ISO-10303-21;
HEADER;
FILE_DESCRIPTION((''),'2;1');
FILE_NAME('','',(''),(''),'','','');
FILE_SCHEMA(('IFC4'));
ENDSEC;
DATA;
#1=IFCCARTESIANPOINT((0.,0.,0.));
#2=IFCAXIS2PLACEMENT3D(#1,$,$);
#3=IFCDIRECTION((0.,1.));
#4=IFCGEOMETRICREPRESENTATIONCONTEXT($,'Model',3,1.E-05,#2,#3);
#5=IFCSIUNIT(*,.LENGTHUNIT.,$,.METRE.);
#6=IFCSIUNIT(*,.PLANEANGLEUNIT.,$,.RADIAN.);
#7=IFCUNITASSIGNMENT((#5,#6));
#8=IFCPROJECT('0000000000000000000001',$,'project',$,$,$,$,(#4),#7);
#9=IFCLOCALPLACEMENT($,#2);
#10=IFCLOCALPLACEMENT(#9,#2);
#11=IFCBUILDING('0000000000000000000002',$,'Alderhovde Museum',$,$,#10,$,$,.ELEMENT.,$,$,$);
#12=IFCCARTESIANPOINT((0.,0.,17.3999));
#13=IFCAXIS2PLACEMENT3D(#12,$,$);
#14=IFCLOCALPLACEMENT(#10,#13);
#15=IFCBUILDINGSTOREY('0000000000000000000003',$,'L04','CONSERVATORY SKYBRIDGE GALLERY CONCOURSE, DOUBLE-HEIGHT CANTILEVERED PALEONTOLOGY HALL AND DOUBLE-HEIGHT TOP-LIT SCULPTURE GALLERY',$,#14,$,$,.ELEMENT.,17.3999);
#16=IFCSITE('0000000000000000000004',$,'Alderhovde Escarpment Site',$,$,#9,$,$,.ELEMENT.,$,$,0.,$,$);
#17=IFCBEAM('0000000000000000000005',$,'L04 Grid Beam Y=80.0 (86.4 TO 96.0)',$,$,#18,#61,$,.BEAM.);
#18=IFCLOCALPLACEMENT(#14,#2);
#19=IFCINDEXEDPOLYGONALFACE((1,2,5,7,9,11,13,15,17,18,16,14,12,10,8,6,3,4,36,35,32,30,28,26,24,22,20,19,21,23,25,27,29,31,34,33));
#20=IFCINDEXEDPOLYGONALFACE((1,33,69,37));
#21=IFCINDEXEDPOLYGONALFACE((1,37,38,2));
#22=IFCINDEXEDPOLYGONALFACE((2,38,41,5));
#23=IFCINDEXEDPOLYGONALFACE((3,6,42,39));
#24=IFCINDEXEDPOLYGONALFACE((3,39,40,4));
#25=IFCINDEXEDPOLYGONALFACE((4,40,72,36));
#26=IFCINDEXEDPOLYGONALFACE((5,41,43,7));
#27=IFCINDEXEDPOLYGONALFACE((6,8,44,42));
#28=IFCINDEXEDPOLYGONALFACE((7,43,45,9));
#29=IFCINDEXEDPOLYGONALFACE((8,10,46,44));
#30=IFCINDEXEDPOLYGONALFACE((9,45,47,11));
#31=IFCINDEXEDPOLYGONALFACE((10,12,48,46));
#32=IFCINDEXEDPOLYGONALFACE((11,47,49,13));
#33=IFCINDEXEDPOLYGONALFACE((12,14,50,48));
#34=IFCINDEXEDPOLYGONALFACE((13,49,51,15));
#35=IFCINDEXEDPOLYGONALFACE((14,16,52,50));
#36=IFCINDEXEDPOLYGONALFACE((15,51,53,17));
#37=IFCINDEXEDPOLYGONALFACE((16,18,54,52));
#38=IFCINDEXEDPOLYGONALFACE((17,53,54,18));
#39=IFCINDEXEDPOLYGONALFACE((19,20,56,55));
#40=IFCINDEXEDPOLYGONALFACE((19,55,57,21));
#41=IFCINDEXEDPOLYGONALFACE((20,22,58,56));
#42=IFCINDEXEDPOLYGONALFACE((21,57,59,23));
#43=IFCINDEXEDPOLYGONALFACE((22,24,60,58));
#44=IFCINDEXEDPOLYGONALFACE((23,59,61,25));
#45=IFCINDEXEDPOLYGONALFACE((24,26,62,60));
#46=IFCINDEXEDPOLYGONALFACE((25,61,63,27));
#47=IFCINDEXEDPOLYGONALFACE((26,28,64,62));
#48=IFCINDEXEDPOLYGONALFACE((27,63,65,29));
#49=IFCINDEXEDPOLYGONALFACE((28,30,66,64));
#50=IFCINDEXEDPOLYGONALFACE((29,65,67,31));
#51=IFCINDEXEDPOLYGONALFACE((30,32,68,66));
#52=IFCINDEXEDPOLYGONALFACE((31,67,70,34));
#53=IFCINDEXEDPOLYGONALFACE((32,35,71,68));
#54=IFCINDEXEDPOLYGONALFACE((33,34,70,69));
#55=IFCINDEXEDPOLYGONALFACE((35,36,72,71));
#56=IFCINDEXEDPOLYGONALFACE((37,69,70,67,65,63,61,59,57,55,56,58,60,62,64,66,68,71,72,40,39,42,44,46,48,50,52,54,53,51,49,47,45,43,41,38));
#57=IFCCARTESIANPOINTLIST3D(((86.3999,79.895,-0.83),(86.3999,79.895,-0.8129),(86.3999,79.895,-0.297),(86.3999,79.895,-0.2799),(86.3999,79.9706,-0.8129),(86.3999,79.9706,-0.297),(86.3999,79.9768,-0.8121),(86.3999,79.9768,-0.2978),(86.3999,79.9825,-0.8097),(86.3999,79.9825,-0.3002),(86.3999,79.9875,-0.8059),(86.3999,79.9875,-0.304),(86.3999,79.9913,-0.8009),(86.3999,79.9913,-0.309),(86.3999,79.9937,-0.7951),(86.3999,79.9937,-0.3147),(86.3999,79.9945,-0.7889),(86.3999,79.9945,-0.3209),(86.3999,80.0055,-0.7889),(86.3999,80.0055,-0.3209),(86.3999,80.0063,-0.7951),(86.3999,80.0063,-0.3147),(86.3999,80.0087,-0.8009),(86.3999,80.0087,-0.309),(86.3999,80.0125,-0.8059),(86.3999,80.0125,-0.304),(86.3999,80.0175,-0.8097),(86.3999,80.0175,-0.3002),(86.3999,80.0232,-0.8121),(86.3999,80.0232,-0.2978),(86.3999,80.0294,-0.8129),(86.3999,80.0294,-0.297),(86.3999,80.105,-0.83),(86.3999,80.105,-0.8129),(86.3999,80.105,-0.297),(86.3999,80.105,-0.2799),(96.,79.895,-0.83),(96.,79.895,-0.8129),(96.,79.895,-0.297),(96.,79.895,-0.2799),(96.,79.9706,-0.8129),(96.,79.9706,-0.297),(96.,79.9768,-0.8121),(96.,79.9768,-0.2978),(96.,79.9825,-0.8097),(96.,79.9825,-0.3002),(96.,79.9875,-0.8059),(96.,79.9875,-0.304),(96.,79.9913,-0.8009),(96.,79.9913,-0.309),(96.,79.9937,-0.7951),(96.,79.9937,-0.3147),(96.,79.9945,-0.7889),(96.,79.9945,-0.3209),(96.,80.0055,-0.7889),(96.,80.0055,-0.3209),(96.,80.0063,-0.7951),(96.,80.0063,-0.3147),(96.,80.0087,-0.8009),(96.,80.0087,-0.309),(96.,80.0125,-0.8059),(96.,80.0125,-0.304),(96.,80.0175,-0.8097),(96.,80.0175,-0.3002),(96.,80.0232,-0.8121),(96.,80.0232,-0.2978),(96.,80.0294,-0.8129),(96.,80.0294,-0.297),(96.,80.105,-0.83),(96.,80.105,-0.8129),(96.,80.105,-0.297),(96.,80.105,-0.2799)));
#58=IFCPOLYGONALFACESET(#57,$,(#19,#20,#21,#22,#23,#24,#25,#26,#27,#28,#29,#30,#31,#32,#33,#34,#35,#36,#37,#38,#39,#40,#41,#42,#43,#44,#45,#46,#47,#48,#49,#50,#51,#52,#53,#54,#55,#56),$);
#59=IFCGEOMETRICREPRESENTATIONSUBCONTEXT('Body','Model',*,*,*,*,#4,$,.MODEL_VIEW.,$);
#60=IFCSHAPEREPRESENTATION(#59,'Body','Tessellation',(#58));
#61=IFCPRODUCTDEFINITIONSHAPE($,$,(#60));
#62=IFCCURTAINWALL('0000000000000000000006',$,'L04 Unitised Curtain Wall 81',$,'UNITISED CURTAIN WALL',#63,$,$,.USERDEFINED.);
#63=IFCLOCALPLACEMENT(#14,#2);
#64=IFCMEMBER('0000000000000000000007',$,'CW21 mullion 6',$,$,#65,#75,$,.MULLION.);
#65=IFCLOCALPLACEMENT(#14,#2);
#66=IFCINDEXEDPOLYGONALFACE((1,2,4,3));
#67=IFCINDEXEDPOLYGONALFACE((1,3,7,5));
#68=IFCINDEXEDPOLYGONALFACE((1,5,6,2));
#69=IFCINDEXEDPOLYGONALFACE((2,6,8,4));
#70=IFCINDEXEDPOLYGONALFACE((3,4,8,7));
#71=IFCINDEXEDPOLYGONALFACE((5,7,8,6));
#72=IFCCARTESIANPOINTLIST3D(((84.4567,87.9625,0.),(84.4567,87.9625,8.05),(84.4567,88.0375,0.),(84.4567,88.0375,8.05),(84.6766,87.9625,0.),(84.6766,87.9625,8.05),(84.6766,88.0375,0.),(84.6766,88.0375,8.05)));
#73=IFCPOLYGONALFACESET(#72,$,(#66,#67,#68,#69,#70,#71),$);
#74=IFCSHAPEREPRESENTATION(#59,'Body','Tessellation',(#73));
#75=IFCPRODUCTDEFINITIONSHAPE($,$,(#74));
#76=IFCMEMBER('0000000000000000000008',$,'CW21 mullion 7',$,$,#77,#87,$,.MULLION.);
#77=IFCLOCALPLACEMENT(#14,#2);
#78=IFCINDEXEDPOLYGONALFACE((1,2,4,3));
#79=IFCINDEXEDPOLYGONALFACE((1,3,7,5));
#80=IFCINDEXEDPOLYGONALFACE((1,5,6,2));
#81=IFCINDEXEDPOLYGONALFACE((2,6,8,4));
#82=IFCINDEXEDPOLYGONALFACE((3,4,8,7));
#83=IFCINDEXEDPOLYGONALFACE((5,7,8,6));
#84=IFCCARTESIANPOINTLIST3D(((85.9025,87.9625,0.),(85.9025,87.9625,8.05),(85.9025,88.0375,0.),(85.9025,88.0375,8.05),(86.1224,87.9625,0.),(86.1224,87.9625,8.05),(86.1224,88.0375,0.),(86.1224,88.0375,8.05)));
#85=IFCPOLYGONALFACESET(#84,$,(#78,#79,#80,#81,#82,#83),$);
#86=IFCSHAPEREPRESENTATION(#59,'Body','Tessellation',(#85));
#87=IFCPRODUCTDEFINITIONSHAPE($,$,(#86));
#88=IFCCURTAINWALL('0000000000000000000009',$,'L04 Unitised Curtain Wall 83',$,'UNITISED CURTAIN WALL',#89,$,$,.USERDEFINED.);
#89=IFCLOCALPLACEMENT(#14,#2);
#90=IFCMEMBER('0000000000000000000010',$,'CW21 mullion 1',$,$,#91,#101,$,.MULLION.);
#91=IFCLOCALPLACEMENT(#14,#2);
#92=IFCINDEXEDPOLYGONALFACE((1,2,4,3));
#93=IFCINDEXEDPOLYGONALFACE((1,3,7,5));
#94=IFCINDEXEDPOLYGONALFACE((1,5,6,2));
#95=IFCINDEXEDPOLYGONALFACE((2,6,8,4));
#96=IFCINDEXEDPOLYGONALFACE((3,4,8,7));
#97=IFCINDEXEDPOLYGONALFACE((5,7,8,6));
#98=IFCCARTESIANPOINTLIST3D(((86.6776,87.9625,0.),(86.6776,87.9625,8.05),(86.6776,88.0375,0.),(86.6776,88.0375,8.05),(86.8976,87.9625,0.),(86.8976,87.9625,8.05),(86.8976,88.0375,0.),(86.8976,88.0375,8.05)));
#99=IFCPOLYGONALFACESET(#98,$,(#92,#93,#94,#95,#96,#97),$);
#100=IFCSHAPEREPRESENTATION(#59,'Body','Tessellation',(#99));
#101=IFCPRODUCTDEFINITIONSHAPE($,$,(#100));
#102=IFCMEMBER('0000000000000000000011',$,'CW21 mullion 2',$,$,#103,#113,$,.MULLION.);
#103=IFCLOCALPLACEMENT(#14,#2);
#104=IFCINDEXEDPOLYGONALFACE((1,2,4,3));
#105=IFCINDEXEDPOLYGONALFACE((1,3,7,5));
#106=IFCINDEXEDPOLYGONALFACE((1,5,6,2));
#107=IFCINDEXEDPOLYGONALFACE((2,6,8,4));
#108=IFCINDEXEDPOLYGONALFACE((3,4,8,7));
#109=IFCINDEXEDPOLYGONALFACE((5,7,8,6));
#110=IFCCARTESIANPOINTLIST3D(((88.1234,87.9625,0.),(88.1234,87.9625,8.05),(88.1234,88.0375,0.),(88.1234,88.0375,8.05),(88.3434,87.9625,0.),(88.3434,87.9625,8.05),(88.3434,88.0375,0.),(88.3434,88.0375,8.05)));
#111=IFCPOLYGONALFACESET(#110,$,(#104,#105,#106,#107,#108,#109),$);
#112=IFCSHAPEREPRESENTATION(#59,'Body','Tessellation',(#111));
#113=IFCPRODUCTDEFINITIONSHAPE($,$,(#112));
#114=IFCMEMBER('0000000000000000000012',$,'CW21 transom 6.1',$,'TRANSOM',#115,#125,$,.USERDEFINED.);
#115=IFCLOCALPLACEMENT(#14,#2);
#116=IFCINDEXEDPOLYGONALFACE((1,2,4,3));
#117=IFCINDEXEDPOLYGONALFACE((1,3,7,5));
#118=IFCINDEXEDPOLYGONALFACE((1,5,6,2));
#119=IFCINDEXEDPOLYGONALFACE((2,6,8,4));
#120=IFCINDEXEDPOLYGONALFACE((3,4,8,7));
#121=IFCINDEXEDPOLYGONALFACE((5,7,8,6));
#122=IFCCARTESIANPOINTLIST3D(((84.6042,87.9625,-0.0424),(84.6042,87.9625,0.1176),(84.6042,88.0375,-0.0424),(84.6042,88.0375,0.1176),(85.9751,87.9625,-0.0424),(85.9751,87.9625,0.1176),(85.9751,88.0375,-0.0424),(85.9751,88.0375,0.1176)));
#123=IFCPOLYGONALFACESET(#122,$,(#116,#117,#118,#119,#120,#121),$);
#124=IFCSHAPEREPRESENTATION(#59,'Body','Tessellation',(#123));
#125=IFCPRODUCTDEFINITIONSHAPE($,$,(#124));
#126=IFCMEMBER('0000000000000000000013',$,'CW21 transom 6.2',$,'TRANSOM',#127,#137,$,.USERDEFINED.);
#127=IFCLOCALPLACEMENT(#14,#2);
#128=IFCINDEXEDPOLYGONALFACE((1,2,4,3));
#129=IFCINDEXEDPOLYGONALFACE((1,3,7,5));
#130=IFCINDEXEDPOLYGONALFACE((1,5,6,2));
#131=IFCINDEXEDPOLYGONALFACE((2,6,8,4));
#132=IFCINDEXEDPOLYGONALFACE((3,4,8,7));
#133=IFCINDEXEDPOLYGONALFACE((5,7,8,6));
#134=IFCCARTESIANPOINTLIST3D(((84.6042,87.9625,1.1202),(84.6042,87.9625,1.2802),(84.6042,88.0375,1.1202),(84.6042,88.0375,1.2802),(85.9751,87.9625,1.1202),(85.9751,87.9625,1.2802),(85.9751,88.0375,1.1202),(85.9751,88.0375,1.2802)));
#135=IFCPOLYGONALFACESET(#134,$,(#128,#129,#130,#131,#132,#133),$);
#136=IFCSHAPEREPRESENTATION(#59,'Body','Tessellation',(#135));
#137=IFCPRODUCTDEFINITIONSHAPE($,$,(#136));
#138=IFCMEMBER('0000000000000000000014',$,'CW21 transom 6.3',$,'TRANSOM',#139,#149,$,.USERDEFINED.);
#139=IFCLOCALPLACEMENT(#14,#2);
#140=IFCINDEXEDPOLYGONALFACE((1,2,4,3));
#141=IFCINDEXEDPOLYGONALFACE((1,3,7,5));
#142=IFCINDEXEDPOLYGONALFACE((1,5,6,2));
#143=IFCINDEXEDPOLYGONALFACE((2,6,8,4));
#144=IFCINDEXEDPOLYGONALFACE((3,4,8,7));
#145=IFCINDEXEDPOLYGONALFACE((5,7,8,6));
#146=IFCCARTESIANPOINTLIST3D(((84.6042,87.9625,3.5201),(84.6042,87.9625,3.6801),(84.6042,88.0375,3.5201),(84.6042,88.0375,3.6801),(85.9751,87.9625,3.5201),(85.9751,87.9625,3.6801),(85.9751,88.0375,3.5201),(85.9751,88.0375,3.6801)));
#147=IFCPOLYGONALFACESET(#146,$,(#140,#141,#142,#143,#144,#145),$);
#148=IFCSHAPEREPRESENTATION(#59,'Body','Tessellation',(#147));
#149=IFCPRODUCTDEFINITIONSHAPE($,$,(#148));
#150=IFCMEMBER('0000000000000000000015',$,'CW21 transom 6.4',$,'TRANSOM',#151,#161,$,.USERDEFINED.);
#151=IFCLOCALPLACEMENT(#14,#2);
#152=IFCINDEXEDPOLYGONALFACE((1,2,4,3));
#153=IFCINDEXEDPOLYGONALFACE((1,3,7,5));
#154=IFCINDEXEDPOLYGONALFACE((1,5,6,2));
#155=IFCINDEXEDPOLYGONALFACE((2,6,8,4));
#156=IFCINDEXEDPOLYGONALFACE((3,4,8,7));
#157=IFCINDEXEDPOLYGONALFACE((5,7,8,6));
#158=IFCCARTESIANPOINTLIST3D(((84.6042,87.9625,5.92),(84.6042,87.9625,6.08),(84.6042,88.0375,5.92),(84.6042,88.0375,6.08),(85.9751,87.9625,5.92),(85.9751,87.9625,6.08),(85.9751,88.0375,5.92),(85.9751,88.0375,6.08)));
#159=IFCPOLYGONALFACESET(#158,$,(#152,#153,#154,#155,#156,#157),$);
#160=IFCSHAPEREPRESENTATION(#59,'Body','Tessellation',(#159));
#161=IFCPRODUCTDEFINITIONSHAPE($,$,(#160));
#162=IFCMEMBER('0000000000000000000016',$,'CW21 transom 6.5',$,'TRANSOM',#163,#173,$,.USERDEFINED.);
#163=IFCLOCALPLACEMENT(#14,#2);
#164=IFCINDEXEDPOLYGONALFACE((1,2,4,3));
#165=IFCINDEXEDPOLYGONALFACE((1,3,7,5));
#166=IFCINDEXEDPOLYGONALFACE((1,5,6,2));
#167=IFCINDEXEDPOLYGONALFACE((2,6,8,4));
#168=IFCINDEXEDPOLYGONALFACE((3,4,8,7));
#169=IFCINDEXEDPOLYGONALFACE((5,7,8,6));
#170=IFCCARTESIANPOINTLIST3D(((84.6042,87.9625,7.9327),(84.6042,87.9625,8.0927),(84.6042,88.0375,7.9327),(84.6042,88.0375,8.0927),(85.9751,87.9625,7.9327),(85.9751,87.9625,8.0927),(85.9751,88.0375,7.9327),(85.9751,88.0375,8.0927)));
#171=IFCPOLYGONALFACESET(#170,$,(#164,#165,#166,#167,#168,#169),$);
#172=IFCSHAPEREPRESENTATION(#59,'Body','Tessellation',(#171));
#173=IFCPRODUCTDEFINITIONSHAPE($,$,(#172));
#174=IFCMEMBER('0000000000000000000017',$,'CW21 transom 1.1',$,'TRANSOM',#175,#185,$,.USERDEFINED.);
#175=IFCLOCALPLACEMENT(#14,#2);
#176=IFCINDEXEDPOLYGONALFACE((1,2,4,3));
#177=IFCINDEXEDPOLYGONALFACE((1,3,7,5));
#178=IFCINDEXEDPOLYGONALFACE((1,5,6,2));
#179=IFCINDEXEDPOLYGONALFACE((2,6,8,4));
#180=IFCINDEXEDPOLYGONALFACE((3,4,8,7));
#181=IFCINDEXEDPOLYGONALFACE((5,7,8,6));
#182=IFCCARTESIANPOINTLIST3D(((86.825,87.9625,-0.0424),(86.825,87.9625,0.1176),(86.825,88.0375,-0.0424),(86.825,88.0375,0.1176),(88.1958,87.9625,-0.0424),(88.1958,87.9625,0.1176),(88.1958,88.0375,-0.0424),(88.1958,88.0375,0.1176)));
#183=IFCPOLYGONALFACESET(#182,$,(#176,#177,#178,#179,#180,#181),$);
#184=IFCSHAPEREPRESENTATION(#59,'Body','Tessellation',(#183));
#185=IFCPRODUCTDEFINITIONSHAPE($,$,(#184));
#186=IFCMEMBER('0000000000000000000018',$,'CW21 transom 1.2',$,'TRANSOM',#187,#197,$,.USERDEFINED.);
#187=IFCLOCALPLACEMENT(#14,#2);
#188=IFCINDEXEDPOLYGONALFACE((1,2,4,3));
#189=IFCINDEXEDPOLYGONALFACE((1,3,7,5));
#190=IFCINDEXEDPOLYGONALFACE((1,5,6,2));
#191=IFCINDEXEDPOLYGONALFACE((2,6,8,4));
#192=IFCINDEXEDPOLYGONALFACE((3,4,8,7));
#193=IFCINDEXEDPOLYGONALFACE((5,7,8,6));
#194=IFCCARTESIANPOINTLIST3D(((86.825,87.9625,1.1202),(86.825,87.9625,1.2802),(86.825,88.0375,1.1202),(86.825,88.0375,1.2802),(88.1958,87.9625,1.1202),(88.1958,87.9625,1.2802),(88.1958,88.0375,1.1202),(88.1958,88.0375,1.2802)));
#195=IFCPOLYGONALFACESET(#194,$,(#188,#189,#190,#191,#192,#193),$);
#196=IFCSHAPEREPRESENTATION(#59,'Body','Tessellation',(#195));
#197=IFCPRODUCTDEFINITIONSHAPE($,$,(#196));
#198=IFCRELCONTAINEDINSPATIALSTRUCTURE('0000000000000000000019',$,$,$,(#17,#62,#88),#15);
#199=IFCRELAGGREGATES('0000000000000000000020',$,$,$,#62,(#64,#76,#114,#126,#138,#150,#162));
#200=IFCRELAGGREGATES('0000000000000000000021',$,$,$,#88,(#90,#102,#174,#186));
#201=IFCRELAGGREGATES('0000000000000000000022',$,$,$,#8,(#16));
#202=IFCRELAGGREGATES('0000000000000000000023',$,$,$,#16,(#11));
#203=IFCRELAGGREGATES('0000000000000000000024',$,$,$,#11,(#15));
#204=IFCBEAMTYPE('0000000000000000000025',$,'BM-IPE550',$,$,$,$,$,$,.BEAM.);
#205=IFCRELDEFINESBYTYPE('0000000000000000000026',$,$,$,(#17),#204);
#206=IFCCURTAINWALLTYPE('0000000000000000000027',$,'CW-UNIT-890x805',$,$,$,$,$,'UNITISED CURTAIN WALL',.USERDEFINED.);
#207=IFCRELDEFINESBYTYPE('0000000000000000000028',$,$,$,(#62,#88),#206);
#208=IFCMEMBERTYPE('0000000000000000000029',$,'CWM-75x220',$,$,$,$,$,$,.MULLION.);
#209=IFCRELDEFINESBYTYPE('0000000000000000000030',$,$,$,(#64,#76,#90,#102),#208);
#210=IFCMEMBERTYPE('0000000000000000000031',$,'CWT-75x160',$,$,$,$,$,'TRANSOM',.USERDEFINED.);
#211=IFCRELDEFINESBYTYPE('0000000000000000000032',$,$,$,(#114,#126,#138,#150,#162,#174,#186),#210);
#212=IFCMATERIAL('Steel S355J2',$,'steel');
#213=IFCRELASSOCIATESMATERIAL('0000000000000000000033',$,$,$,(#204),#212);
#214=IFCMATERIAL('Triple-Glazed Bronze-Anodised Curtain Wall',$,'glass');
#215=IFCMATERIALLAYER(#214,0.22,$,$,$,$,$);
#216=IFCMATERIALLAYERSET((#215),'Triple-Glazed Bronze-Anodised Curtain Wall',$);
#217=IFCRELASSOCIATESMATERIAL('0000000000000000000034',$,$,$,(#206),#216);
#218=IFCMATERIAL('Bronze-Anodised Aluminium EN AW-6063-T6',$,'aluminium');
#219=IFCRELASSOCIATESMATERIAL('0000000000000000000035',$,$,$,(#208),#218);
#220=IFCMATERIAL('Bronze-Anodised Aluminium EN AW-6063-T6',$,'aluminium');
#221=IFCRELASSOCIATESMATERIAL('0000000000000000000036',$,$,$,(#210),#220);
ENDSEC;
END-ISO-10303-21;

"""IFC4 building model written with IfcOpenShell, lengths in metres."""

from ifc_helpers import new_model, si_unit, direction, frame, origin, origin_2d, place, context, subcontext, project, spatial, rectangle, i_section, extrude, material, layer, layer_set, material_profile, profile_set, type_object, element, aggregate, save


model = new_model("IFC4")

# Units and contexts
model_context = context("Model", 3, precision=1e-05, world=origin(), true_north=direction((0.0, 1.0)))
body_context = subcontext(model_context, "Body", "Model", "MODEL_VIEW")
ifc_project = project(units=[si_unit("LENGTHUNIT", "METRE"), si_unit("PLANEANGLEUNIT", "RADIAN")], contexts=[model_context])

# Site, building, storey
site_placement = place(None, origin())
site = spatial("IfcSite", under=ifc_project, at=site_placement, Name="Alderhovde Escarpment Site", CompositionType="ELEMENT", RefElevation=0.0)
building_placement = place(site_placement, origin())
building = spatial("IfcBuilding", under=site, at=building_placement, Name="Alderhovde Museum", CompositionType="ELEMENT")
storey_placement = place(building_placement, frame((0.0, 0.0, 17.3999)))
storey = spatial("IfcBuildingStorey", under=building, at=storey_placement, Name="L04", Description="CONSERVATORY SKYBRIDGE GALLERY CONCOURSE, DOUBLE-HEIGHT CANTILEVERED PALEONTOLOGY HALL AND DOUBLE-HEIGHT TOP-LIT SCULPTURE GALLERY", CompositionType="ELEMENT", Elevation=17.3999)

# Beam
ifc_material_1 = material(Name="Steel S355J2", Category="steel")
ifc_material_profile_1 = material_profile(ifc_material_1, i_section(OverallWidth=0.21, OverallDepth=0.55, WebThickness=0.011, FlangeThickness=0.0171, FilletRadius=0.0239, at=origin_2d()), Name="IPE 550")
ifc_profile_set_1 = profile_set([ifc_material_profile_1], Name="Steel S355J2")
beam_type_1 = type_object("IfcBeamType", Name="BM-IPE550", PredefinedType="BEAM", material=ifc_profile_set_1)
beam_1_placement = place(storey_placement, frame((86.3999, 80.0, -0.5549), z_axis=(1.0, 0.0, 0.0), x_axis=(0.0, 1.0, 0.0)))
element("IfcBeam", 1, at=beam_1_placement, inside=storey, type_object=beam_type_1, Name="L04 Grid Beam Y=80.0 (86.4 TO 96.0)", PredefinedType="BEAM", context=body_context, shape_type="SweptSolid", body=[
    extrude(i_section(OverallWidth=0.21, OverallDepth=0.55, WebThickness=0.011, FlangeThickness=0.0171, FilletRadius=0.0239, at=origin_2d()), origin(), (0.0, 0.0, 1.0), 9.6001),
])

# Curtain walls, members
ifc_material_2 = material(Name="Triple-Glazed Bronze-Anodised Curtain Wall", Category="glass")
ifc_layer_1 = layer(ifc_material_2, 0.22)
ifc_layer_set_1 = layer_set([ifc_layer_1], Name="Triple-Glazed Bronze-Anodised Curtain Wall")
curtain_wall_type = type_object("IfcCurtainWallType", Name="CW-UNIT-890x805", ElementType="UNITISED CURTAIN WALL", PredefinedType="USERDEFINED", material=ifc_layer_set_1)
curtain_wall_1_placement = place(storey_placement, origin())
curtain_wall_1 = element("IfcCurtainWall", 2, at=curtain_wall_1_placement, inside=storey, type_object=curtain_wall_type, Name="L04 Unitised Curtain Wall 81", ObjectType="UNITISED CURTAIN WALL", PredefinedType="USERDEFINED")
ifc_material_3 = material(Name="Bronze-Anodised Aluminium EN AW-6063-T6", Category="aluminium")
ifc_material_profile_2 = material_profile(ifc_material_3, rectangle(XDim=0.075, YDim=0.22, at=origin_2d()), Name="MULLION 75x220")
ifc_profile_set_2 = profile_set([ifc_material_profile_2], Name="Bronze-Anodised Aluminium EN AW-6063-T6")
member_type_1 = type_object("IfcMemberType", Name="CWM-75x220", PredefinedType="MULLION", material=ifc_profile_set_2)
member_1_placement = place(storey_placement, frame((84.5667, 88.0, 0.0), z_axis=(0.0, 0.0, 1.0), x_axis=(0.0, 1.0, 0.0)))
member_1 = element("IfcMember", 3, at=member_1_placement, type_object=member_type_1, Name="CW21 mullion 6", PredefinedType="MULLION", context=body_context, shape_type="SweptSolid", body=[
    extrude(rectangle(XDim=0.075, YDim=0.22, at=origin_2d()), origin(), (0.0, 0.0, 1.0), 8.05),
])
member_2_placement = place(storey_placement, frame((86.0125, 88.0, 0.0), z_axis=(0.0, 0.0, 1.0), x_axis=(0.0, 1.0, 0.0)))
member_2 = element("IfcMember", 4, at=member_2_placement, type_object=member_type_1, Name="CW21 mullion 7", PredefinedType="MULLION", context=body_context, shape_type="SweptSolid", body=[
    extrude(rectangle(XDim=0.075, YDim=0.22, at=origin_2d()), origin(), (0.0, 0.0, 1.0), 8.05),
])
curtain_wall_2_placement = place(storey_placement, origin())
curtain_wall_2 = element("IfcCurtainWall", 5, at=curtain_wall_2_placement, inside=storey, type_object=curtain_wall_type, Name="L04 Unitised Curtain Wall 83", ObjectType="UNITISED CURTAIN WALL", PredefinedType="USERDEFINED")
member_3_placement = place(storey_placement, frame((86.7876, 88.0, 0.0), z_axis=(0.0, 0.0, 1.0), x_axis=(0.0, 1.0, 0.0)))
member_3 = element("IfcMember", 6, at=member_3_placement, type_object=member_type_1, Name="CW21 mullion 1", PredefinedType="MULLION", context=body_context, shape_type="SweptSolid", body=[
    extrude(rectangle(XDim=0.075, YDim=0.22, at=origin_2d()), origin(), (0.0, 0.0, 1.0), 8.05),
])
member_4_placement = place(storey_placement, frame((88.2334, 88.0, 0.0), z_axis=(0.0, 0.0, 1.0), x_axis=(0.0, 1.0, 0.0)))
member_4 = element("IfcMember", 7, at=member_4_placement, type_object=member_type_1, Name="CW21 mullion 2", PredefinedType="MULLION", context=body_context, shape_type="SweptSolid", body=[
    extrude(rectangle(XDim=0.075, YDim=0.22, at=origin_2d()), origin(), (0.0, 0.0, 1.0), 8.05),
])

# Members
ifc_material_4 = material(Name="Bronze-Anodised Aluminium EN AW-6063-T6", Category="aluminium")
ifc_material_profile_3 = material_profile(ifc_material_4, rectangle(XDim=0.075, YDim=0.1599, at=origin_2d()), Name="TRANSOM 75x160")
ifc_profile_set_3 = profile_set([ifc_material_profile_3], Name="Bronze-Anodised Aluminium EN AW-6063-T6")
member_type_2 = type_object("IfcMemberType", Name="CWT-75x160", ElementType="TRANSOM", PredefinedType="USERDEFINED", material=ifc_profile_set_3)
member_5_placement = place(storey_placement, frame((84.6042, 88.0, 0.0376), z_axis=(1.0, 0.0, 0.0), x_axis=(0.0, 1.0, 0.0)))
member_5 = element("IfcMember", 8, at=member_5_placement, type_object=member_type_2, Name="CW21 transom 6.1", ObjectType="TRANSOM", PredefinedType="USERDEFINED", context=body_context, shape_type="SweptSolid", body=[
    extrude(rectangle(XDim=0.075, YDim=0.1599, at=origin_2d()), origin(), (0.0, 0.0, 1.0), 1.3708),
])
member_6_placement = place(storey_placement, frame((84.6042, 88.0, 1.2002), z_axis=(1.0, 0.0, 0.0), x_axis=(0.0, 1.0, 0.0)))
member_6 = element("IfcMember", 9, at=member_6_placement, type_object=member_type_2, Name="CW21 transom 6.2", ObjectType="TRANSOM", PredefinedType="USERDEFINED", context=body_context, shape_type="SweptSolid", body=[
    extrude(rectangle(XDim=0.075, YDim=0.1599, at=origin_2d()), origin(), (0.0, 0.0, 1.0), 1.3708),
])
member_7_placement = place(storey_placement, frame((84.6042, 88.0, 3.6001), z_axis=(1.0, 0.0, 0.0), x_axis=(0.0, 1.0, 0.0)))
member_7 = element("IfcMember", 10, at=member_7_placement, type_object=member_type_2, Name="CW21 transom 6.3", ObjectType="TRANSOM", PredefinedType="USERDEFINED", context=body_context, shape_type="SweptSolid", body=[
    extrude(rectangle(XDim=0.075, YDim=0.1599, at=origin_2d()), origin(), (0.0, 0.0, 1.0), 1.3708),
])
member_8_placement = place(storey_placement, frame((84.6042, 88.0, 6.0), z_axis=(1.0, 0.0, 0.0), x_axis=(0.0, 1.0, 0.0)))
member_8 = element("IfcMember", 11, at=member_8_placement, type_object=member_type_2, Name="CW21 transom 6.4", ObjectType="TRANSOM", PredefinedType="USERDEFINED", context=body_context, shape_type="SweptSolid", body=[
    extrude(rectangle(XDim=0.075, YDim=0.1599, at=origin_2d()), origin(), (0.0, 0.0, 1.0), 1.3708),
])
member_9_placement = place(storey_placement, frame((84.6042, 88.0, 8.0127), z_axis=(1.0, 0.0, 0.0), x_axis=(0.0, 1.0, 0.0)))
member_9 = element("IfcMember", 12, at=member_9_placement, type_object=member_type_2, Name="CW21 transom 6.5", ObjectType="TRANSOM", PredefinedType="USERDEFINED", context=body_context, shape_type="SweptSolid", body=[
    extrude(rectangle(XDim=0.075, YDim=0.1599, at=origin_2d()), origin(), (0.0, 0.0, 1.0), 1.3708),
])
member_10_placement = place(storey_placement, frame((86.825, 88.0, 0.0376), z_axis=(1.0, 0.0, 0.0), x_axis=(0.0, 1.0, 0.0)))
member_10 = element("IfcMember", 13, at=member_10_placement, type_object=member_type_2, Name="CW21 transom 1.1", ObjectType="TRANSOM", PredefinedType="USERDEFINED", context=body_context, shape_type="SweptSolid", body=[
    extrude(rectangle(XDim=0.075, YDim=0.1599, at=origin_2d()), origin(), (0.0, 0.0, 1.0), 1.3708),
])
member_11_placement = place(storey_placement, frame((86.825, 88.0, 1.2002), z_axis=(1.0, 0.0, 0.0), x_axis=(0.0, 1.0, 0.0)))
member_11 = element("IfcMember", 14, at=member_11_placement, type_object=member_type_2, Name="CW21 transom 1.2", ObjectType="TRANSOM", PredefinedType="USERDEFINED", context=body_context, shape_type="SweptSolid", body=[
    extrude(rectangle(XDim=0.075, YDim=0.1599, at=origin_2d()), origin(), (0.0, 0.0, 1.0), 1.3708),
])

aggregate(curtain_wall_1, [member_1, member_2, member_5, member_6, member_7, member_8, member_9])
aggregate(curtain_wall_2, [member_3, member_4, member_10, member_11])

save(model, "model.ifc")
